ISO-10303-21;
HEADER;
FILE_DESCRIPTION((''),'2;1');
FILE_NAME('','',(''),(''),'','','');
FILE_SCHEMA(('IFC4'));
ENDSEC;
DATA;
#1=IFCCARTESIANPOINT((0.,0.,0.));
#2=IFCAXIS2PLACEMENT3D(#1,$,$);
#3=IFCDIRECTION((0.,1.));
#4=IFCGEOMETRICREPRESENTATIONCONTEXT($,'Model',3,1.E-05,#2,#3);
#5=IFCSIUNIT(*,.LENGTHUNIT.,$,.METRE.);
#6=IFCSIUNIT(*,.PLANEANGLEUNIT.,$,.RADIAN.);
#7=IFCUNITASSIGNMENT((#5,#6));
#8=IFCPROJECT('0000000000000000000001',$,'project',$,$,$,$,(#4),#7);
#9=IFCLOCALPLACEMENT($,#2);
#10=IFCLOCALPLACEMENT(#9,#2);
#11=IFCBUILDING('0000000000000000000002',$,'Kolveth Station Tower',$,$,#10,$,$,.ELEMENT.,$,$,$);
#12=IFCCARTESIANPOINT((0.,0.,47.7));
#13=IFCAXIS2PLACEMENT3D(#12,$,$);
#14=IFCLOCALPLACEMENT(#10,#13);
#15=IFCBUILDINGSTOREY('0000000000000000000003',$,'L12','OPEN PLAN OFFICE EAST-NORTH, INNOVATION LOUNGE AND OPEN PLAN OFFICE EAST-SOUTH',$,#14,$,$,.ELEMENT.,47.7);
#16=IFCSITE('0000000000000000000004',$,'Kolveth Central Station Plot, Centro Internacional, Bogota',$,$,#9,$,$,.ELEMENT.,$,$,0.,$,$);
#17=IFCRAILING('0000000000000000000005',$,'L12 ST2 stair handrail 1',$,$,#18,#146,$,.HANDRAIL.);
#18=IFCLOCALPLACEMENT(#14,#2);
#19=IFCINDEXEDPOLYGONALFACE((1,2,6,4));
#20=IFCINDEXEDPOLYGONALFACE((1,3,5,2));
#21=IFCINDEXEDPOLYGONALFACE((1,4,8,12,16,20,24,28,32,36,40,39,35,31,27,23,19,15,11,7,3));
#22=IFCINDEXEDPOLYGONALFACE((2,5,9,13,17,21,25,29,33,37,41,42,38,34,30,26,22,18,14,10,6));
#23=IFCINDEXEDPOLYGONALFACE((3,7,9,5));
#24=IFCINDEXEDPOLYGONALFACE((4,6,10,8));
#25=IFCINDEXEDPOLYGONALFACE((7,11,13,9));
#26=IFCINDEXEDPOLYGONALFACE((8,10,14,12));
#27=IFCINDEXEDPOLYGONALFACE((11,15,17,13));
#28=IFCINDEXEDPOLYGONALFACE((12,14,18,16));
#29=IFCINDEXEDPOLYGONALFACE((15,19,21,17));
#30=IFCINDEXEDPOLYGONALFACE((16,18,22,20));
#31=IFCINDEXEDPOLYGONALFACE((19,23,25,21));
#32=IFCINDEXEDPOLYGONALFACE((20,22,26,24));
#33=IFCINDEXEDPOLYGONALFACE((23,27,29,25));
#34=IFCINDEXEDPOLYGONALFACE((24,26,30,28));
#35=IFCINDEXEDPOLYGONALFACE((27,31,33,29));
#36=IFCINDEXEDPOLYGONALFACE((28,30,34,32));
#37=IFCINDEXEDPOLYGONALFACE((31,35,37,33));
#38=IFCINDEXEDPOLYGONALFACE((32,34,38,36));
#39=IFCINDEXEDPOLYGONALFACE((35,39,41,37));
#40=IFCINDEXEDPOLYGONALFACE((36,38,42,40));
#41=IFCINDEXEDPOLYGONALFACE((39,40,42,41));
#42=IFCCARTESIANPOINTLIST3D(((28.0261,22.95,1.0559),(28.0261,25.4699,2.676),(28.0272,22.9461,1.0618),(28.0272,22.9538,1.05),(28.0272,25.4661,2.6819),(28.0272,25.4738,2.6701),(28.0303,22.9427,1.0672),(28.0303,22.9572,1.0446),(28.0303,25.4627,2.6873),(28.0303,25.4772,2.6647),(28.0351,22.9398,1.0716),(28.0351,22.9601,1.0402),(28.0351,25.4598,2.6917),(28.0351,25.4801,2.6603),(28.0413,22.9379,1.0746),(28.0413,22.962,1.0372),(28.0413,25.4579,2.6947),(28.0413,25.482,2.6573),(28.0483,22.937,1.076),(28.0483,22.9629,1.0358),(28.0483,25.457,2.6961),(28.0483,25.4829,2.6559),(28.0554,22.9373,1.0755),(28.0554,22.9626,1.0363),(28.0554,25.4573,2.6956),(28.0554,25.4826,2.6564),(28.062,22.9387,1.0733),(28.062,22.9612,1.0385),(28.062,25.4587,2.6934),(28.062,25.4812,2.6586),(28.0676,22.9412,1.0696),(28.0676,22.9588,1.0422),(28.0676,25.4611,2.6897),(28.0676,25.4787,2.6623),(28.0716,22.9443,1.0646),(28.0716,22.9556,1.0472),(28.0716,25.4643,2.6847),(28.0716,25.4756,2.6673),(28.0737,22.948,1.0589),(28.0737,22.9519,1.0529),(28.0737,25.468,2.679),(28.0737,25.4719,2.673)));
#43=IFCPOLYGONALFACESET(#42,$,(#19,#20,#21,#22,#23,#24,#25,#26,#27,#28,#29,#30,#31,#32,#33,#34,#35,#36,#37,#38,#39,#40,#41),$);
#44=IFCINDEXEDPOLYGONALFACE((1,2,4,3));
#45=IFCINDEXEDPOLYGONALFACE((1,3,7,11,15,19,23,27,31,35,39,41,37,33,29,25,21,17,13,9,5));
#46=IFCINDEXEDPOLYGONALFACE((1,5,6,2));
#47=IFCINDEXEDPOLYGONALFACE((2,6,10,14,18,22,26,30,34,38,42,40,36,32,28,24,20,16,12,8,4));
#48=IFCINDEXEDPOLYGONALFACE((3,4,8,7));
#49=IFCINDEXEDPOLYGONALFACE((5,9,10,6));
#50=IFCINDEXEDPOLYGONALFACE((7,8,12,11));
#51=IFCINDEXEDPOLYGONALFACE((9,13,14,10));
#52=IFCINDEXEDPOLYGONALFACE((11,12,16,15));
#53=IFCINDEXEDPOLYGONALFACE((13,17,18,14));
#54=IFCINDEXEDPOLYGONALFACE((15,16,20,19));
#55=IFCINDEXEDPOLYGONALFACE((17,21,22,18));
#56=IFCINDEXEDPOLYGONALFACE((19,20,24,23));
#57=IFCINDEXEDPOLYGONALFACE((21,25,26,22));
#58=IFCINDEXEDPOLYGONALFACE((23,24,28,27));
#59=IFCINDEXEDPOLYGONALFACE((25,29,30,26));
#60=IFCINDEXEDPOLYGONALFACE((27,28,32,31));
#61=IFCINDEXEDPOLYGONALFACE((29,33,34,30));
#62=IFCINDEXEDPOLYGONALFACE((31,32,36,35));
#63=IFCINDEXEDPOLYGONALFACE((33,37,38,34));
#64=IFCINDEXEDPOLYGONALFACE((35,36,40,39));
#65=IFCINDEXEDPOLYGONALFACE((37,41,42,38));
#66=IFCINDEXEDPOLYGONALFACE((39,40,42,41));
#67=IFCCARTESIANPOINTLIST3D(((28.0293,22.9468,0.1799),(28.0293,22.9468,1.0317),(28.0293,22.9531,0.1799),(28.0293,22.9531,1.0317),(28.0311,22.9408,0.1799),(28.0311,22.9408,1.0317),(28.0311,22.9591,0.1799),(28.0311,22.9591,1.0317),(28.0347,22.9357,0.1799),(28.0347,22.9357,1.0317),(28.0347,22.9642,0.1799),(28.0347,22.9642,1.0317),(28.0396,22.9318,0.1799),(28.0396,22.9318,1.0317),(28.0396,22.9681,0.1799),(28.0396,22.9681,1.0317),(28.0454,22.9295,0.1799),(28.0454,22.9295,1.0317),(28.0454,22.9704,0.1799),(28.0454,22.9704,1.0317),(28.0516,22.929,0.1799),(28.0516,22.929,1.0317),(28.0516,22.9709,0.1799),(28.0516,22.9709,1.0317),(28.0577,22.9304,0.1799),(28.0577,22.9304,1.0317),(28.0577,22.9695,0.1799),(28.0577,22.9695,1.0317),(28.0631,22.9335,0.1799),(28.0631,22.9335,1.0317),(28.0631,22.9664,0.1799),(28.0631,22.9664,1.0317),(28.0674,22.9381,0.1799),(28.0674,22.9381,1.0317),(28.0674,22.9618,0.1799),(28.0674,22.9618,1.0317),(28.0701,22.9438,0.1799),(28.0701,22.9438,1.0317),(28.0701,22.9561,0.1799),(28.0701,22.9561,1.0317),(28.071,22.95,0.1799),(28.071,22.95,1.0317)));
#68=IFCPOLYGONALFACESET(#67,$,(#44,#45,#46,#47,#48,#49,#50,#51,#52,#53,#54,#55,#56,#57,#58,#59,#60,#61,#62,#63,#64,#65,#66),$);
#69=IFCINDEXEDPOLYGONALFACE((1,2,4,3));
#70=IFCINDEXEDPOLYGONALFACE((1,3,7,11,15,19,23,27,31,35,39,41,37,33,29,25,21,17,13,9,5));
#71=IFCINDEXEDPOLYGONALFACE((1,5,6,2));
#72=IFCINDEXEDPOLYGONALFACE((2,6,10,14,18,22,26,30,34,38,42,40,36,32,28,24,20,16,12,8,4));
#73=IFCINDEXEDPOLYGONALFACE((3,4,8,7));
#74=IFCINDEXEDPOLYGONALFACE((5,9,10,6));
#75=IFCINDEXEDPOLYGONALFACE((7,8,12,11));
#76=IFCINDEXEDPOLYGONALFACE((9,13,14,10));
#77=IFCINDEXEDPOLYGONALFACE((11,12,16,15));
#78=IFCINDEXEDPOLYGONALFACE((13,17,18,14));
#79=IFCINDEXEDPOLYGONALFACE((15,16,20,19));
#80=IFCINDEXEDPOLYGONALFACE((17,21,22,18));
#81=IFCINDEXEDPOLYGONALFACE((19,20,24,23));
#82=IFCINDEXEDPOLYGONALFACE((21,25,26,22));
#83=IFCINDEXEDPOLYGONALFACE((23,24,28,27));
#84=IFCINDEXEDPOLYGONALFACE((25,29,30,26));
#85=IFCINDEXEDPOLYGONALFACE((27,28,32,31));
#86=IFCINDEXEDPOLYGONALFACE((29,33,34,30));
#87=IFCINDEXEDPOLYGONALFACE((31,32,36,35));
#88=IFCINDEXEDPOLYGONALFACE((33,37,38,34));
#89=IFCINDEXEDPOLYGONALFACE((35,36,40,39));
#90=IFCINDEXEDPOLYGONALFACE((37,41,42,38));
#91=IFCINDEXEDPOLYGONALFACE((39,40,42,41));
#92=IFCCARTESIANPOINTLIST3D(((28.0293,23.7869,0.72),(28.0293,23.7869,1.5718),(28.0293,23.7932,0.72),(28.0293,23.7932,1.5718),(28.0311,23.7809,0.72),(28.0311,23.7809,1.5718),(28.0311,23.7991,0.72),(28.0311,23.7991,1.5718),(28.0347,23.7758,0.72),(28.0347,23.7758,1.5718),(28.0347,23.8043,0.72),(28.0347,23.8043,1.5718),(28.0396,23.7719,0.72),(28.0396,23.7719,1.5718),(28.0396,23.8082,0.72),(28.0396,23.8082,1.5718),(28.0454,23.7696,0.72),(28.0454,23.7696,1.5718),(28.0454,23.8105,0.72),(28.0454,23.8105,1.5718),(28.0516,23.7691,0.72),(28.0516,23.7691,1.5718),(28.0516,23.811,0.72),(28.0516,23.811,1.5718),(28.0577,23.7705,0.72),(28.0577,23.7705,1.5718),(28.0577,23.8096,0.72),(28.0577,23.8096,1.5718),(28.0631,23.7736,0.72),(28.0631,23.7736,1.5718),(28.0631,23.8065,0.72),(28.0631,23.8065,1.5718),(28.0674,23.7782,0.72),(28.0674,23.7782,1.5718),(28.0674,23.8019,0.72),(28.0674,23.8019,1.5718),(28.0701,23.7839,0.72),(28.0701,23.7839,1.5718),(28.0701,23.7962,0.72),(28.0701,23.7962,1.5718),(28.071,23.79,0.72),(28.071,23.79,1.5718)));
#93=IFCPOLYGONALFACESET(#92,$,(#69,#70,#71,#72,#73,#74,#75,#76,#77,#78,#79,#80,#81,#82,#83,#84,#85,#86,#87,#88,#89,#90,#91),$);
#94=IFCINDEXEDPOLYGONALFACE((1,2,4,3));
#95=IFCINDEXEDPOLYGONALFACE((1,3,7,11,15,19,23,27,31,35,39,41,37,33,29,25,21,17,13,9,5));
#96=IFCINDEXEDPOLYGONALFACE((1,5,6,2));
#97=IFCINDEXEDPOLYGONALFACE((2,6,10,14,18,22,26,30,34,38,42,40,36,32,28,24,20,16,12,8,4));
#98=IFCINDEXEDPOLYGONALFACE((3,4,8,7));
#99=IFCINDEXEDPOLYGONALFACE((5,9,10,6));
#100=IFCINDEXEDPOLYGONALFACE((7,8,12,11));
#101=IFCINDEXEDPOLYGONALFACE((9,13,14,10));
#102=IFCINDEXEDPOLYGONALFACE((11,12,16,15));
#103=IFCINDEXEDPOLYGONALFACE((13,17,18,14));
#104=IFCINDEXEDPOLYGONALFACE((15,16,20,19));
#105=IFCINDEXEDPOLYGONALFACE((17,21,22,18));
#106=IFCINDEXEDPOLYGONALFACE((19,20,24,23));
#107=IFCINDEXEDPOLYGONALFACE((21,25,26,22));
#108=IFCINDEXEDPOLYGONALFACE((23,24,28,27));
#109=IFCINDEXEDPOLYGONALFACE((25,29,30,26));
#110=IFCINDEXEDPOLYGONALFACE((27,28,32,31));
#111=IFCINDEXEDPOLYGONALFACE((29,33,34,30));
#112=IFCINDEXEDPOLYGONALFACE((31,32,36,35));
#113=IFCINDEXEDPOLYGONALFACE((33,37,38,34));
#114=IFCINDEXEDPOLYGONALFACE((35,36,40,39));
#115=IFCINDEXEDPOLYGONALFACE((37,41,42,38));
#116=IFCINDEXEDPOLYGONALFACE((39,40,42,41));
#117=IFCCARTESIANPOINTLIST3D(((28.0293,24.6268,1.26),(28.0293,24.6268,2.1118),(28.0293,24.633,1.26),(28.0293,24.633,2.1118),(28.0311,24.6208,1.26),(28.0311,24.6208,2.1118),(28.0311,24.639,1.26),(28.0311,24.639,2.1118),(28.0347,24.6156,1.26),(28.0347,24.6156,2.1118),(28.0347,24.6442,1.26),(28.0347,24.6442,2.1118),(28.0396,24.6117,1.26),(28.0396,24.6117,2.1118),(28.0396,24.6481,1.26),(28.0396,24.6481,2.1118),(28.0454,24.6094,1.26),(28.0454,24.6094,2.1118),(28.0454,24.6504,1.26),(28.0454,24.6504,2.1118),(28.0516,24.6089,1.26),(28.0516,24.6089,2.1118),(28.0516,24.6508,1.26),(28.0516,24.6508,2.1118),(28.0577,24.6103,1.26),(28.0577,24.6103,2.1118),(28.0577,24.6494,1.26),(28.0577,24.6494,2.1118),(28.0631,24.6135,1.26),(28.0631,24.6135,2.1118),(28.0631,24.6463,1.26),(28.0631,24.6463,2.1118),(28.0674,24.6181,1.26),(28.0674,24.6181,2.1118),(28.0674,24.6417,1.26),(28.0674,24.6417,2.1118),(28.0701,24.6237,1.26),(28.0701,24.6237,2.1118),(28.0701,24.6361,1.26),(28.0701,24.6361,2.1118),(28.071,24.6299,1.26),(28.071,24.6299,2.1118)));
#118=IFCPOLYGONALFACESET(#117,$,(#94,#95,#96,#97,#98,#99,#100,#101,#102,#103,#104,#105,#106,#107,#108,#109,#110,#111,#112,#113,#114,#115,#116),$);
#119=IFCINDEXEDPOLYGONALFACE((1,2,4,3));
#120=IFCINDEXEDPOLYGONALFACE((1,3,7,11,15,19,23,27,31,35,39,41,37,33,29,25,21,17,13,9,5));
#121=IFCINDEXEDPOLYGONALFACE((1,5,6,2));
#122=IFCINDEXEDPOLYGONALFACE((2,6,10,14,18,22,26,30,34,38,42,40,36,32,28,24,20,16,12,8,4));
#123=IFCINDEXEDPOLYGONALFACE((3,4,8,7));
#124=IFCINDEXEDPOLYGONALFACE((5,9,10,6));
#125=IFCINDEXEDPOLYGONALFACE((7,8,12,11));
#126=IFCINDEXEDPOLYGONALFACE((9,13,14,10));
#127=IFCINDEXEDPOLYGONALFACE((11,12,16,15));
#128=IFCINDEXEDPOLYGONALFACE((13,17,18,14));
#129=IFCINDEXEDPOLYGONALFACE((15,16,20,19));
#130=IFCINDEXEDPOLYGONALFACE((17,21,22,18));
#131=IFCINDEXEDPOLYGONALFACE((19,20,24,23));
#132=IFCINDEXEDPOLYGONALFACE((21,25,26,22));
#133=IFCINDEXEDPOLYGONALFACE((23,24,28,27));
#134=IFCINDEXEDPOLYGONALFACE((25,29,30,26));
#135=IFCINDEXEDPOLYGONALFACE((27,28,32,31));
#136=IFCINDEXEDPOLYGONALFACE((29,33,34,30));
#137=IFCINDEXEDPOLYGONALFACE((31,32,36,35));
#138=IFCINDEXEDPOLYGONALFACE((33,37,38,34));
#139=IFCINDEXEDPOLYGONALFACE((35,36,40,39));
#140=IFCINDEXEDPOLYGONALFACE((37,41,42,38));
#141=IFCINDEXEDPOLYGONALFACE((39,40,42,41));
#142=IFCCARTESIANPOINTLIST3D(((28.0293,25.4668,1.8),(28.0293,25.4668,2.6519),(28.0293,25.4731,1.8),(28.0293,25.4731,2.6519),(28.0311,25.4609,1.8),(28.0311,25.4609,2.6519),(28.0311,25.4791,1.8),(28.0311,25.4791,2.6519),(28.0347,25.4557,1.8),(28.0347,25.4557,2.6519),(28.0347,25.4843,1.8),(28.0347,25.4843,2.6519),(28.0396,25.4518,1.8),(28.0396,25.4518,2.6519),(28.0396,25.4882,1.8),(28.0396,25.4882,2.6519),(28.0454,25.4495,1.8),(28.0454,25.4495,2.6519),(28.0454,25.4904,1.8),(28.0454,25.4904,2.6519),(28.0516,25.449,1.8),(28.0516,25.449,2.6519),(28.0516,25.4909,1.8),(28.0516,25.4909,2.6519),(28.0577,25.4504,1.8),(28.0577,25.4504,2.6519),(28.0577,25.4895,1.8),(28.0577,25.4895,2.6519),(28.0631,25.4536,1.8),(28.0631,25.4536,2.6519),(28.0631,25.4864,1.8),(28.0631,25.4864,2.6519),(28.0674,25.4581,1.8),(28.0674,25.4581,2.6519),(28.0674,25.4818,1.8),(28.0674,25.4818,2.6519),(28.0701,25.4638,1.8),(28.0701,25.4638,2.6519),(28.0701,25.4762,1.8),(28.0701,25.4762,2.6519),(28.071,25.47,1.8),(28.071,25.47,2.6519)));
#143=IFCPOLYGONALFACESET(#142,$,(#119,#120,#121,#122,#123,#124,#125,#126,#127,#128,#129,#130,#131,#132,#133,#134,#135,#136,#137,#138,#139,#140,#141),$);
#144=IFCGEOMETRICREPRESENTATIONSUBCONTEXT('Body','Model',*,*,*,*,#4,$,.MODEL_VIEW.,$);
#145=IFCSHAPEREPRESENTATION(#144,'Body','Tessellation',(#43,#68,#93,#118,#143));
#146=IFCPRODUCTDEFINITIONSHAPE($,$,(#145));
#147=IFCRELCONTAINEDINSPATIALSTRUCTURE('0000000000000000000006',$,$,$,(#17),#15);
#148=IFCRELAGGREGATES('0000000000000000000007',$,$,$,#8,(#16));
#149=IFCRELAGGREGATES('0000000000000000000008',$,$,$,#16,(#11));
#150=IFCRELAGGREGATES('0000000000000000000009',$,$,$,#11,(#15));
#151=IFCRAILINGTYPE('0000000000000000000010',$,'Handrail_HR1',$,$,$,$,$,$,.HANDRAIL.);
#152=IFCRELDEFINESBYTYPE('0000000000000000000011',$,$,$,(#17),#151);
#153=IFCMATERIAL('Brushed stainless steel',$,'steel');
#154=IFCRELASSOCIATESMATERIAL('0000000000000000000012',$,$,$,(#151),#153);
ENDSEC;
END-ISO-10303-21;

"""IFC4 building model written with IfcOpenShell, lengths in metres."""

from ifc_helpers import new_model, si_unit, direction, frame, origin, origin_2d, place, context, subcontext, project, spatial, circle, extrude, material, type_object, element, save


model = new_model("IFC4")

# Units and contexts
model_context = context("Model", 3, precision=1e-05, world=origin(), true_north=direction((0.0, 1.0)))
body_context = subcontext(model_context, "Body", "Model", "MODEL_VIEW")
ifc_project = project(units=[si_unit("LENGTHUNIT", "METRE"), si_unit("PLANEANGLEUNIT", "RADIAN")], contexts=[model_context])

# Site, building, storey
site_placement = place(None, origin())
site = spatial("IfcSite", under=ifc_project, at=site_placement, Name="Kolveth Central Station Plot, Centro Internacional, Bogota", CompositionType="ELEMENT", RefElevation=0.0)
building_placement = place(site_placement, origin())
building = spatial("IfcBuilding", under=site, at=building_placement, Name="Kolveth Station Tower", CompositionType="ELEMENT")
storey_placement = place(building_placement, frame((0.0, 0.0, 47.7)))
storey = spatial("IfcBuildingStorey", under=building, at=storey_placement, Name="L12", Description="OPEN PLAN OFFICE EAST-NORTH, INNOVATION LOUNGE AND OPEN PLAN OFFICE EAST-SOUTH", CompositionType="ELEMENT", Elevation=47.7)

# Railing
ifc_material_1 = material(Name="Brushed stainless steel", Category="steel")
railing_type_1 = type_object("IfcRailingType", Name="Handrail_HR1", PredefinedType="HANDRAIL", material=ifc_material_1)
railing_1_placement = place(storey_placement, frame((28.05, 22.95, 0.1799)))
element("IfcRailing", 1, at=railing_1_placement, inside=storey, type_object=railing_type_1, Name="L12 ST2 stair handrail 1", PredefinedType="HANDRAIL", context=body_context, shape_type="SweptSolid", body=[
    extrude(circle(Radius=0.0239, at=origin_2d()), frame((0.0, 0.0, 0.876), z_axis=(0.0, 0.841163, 0.540782), x_axis=(-1.0, 0.0, 0.0)), (0.0, 0.0, 1.0), 2.9958),
    extrude(circle(Radius=0.021, at=origin_2d()), origin(), (0.0, 0.0, 1.0), 0.8518),
    extrude(circle(Radius=0.021, at=origin_2d()), frame((0.0, 0.8401, 0.54)), (0.0, 0.0, 1.0), 0.8518),
    extrude(circle(Radius=0.021, at=origin_2d()), frame((0.0, 1.6799, 1.0801)), (0.0, 0.0, 1.0), 0.8518),
    extrude(circle(Radius=0.021, at=origin_2d()), frame((0.0, 2.52, 1.6201)), (0.0, 0.0, 1.0), 0.8518),
])

save(model, "model.ifc")
